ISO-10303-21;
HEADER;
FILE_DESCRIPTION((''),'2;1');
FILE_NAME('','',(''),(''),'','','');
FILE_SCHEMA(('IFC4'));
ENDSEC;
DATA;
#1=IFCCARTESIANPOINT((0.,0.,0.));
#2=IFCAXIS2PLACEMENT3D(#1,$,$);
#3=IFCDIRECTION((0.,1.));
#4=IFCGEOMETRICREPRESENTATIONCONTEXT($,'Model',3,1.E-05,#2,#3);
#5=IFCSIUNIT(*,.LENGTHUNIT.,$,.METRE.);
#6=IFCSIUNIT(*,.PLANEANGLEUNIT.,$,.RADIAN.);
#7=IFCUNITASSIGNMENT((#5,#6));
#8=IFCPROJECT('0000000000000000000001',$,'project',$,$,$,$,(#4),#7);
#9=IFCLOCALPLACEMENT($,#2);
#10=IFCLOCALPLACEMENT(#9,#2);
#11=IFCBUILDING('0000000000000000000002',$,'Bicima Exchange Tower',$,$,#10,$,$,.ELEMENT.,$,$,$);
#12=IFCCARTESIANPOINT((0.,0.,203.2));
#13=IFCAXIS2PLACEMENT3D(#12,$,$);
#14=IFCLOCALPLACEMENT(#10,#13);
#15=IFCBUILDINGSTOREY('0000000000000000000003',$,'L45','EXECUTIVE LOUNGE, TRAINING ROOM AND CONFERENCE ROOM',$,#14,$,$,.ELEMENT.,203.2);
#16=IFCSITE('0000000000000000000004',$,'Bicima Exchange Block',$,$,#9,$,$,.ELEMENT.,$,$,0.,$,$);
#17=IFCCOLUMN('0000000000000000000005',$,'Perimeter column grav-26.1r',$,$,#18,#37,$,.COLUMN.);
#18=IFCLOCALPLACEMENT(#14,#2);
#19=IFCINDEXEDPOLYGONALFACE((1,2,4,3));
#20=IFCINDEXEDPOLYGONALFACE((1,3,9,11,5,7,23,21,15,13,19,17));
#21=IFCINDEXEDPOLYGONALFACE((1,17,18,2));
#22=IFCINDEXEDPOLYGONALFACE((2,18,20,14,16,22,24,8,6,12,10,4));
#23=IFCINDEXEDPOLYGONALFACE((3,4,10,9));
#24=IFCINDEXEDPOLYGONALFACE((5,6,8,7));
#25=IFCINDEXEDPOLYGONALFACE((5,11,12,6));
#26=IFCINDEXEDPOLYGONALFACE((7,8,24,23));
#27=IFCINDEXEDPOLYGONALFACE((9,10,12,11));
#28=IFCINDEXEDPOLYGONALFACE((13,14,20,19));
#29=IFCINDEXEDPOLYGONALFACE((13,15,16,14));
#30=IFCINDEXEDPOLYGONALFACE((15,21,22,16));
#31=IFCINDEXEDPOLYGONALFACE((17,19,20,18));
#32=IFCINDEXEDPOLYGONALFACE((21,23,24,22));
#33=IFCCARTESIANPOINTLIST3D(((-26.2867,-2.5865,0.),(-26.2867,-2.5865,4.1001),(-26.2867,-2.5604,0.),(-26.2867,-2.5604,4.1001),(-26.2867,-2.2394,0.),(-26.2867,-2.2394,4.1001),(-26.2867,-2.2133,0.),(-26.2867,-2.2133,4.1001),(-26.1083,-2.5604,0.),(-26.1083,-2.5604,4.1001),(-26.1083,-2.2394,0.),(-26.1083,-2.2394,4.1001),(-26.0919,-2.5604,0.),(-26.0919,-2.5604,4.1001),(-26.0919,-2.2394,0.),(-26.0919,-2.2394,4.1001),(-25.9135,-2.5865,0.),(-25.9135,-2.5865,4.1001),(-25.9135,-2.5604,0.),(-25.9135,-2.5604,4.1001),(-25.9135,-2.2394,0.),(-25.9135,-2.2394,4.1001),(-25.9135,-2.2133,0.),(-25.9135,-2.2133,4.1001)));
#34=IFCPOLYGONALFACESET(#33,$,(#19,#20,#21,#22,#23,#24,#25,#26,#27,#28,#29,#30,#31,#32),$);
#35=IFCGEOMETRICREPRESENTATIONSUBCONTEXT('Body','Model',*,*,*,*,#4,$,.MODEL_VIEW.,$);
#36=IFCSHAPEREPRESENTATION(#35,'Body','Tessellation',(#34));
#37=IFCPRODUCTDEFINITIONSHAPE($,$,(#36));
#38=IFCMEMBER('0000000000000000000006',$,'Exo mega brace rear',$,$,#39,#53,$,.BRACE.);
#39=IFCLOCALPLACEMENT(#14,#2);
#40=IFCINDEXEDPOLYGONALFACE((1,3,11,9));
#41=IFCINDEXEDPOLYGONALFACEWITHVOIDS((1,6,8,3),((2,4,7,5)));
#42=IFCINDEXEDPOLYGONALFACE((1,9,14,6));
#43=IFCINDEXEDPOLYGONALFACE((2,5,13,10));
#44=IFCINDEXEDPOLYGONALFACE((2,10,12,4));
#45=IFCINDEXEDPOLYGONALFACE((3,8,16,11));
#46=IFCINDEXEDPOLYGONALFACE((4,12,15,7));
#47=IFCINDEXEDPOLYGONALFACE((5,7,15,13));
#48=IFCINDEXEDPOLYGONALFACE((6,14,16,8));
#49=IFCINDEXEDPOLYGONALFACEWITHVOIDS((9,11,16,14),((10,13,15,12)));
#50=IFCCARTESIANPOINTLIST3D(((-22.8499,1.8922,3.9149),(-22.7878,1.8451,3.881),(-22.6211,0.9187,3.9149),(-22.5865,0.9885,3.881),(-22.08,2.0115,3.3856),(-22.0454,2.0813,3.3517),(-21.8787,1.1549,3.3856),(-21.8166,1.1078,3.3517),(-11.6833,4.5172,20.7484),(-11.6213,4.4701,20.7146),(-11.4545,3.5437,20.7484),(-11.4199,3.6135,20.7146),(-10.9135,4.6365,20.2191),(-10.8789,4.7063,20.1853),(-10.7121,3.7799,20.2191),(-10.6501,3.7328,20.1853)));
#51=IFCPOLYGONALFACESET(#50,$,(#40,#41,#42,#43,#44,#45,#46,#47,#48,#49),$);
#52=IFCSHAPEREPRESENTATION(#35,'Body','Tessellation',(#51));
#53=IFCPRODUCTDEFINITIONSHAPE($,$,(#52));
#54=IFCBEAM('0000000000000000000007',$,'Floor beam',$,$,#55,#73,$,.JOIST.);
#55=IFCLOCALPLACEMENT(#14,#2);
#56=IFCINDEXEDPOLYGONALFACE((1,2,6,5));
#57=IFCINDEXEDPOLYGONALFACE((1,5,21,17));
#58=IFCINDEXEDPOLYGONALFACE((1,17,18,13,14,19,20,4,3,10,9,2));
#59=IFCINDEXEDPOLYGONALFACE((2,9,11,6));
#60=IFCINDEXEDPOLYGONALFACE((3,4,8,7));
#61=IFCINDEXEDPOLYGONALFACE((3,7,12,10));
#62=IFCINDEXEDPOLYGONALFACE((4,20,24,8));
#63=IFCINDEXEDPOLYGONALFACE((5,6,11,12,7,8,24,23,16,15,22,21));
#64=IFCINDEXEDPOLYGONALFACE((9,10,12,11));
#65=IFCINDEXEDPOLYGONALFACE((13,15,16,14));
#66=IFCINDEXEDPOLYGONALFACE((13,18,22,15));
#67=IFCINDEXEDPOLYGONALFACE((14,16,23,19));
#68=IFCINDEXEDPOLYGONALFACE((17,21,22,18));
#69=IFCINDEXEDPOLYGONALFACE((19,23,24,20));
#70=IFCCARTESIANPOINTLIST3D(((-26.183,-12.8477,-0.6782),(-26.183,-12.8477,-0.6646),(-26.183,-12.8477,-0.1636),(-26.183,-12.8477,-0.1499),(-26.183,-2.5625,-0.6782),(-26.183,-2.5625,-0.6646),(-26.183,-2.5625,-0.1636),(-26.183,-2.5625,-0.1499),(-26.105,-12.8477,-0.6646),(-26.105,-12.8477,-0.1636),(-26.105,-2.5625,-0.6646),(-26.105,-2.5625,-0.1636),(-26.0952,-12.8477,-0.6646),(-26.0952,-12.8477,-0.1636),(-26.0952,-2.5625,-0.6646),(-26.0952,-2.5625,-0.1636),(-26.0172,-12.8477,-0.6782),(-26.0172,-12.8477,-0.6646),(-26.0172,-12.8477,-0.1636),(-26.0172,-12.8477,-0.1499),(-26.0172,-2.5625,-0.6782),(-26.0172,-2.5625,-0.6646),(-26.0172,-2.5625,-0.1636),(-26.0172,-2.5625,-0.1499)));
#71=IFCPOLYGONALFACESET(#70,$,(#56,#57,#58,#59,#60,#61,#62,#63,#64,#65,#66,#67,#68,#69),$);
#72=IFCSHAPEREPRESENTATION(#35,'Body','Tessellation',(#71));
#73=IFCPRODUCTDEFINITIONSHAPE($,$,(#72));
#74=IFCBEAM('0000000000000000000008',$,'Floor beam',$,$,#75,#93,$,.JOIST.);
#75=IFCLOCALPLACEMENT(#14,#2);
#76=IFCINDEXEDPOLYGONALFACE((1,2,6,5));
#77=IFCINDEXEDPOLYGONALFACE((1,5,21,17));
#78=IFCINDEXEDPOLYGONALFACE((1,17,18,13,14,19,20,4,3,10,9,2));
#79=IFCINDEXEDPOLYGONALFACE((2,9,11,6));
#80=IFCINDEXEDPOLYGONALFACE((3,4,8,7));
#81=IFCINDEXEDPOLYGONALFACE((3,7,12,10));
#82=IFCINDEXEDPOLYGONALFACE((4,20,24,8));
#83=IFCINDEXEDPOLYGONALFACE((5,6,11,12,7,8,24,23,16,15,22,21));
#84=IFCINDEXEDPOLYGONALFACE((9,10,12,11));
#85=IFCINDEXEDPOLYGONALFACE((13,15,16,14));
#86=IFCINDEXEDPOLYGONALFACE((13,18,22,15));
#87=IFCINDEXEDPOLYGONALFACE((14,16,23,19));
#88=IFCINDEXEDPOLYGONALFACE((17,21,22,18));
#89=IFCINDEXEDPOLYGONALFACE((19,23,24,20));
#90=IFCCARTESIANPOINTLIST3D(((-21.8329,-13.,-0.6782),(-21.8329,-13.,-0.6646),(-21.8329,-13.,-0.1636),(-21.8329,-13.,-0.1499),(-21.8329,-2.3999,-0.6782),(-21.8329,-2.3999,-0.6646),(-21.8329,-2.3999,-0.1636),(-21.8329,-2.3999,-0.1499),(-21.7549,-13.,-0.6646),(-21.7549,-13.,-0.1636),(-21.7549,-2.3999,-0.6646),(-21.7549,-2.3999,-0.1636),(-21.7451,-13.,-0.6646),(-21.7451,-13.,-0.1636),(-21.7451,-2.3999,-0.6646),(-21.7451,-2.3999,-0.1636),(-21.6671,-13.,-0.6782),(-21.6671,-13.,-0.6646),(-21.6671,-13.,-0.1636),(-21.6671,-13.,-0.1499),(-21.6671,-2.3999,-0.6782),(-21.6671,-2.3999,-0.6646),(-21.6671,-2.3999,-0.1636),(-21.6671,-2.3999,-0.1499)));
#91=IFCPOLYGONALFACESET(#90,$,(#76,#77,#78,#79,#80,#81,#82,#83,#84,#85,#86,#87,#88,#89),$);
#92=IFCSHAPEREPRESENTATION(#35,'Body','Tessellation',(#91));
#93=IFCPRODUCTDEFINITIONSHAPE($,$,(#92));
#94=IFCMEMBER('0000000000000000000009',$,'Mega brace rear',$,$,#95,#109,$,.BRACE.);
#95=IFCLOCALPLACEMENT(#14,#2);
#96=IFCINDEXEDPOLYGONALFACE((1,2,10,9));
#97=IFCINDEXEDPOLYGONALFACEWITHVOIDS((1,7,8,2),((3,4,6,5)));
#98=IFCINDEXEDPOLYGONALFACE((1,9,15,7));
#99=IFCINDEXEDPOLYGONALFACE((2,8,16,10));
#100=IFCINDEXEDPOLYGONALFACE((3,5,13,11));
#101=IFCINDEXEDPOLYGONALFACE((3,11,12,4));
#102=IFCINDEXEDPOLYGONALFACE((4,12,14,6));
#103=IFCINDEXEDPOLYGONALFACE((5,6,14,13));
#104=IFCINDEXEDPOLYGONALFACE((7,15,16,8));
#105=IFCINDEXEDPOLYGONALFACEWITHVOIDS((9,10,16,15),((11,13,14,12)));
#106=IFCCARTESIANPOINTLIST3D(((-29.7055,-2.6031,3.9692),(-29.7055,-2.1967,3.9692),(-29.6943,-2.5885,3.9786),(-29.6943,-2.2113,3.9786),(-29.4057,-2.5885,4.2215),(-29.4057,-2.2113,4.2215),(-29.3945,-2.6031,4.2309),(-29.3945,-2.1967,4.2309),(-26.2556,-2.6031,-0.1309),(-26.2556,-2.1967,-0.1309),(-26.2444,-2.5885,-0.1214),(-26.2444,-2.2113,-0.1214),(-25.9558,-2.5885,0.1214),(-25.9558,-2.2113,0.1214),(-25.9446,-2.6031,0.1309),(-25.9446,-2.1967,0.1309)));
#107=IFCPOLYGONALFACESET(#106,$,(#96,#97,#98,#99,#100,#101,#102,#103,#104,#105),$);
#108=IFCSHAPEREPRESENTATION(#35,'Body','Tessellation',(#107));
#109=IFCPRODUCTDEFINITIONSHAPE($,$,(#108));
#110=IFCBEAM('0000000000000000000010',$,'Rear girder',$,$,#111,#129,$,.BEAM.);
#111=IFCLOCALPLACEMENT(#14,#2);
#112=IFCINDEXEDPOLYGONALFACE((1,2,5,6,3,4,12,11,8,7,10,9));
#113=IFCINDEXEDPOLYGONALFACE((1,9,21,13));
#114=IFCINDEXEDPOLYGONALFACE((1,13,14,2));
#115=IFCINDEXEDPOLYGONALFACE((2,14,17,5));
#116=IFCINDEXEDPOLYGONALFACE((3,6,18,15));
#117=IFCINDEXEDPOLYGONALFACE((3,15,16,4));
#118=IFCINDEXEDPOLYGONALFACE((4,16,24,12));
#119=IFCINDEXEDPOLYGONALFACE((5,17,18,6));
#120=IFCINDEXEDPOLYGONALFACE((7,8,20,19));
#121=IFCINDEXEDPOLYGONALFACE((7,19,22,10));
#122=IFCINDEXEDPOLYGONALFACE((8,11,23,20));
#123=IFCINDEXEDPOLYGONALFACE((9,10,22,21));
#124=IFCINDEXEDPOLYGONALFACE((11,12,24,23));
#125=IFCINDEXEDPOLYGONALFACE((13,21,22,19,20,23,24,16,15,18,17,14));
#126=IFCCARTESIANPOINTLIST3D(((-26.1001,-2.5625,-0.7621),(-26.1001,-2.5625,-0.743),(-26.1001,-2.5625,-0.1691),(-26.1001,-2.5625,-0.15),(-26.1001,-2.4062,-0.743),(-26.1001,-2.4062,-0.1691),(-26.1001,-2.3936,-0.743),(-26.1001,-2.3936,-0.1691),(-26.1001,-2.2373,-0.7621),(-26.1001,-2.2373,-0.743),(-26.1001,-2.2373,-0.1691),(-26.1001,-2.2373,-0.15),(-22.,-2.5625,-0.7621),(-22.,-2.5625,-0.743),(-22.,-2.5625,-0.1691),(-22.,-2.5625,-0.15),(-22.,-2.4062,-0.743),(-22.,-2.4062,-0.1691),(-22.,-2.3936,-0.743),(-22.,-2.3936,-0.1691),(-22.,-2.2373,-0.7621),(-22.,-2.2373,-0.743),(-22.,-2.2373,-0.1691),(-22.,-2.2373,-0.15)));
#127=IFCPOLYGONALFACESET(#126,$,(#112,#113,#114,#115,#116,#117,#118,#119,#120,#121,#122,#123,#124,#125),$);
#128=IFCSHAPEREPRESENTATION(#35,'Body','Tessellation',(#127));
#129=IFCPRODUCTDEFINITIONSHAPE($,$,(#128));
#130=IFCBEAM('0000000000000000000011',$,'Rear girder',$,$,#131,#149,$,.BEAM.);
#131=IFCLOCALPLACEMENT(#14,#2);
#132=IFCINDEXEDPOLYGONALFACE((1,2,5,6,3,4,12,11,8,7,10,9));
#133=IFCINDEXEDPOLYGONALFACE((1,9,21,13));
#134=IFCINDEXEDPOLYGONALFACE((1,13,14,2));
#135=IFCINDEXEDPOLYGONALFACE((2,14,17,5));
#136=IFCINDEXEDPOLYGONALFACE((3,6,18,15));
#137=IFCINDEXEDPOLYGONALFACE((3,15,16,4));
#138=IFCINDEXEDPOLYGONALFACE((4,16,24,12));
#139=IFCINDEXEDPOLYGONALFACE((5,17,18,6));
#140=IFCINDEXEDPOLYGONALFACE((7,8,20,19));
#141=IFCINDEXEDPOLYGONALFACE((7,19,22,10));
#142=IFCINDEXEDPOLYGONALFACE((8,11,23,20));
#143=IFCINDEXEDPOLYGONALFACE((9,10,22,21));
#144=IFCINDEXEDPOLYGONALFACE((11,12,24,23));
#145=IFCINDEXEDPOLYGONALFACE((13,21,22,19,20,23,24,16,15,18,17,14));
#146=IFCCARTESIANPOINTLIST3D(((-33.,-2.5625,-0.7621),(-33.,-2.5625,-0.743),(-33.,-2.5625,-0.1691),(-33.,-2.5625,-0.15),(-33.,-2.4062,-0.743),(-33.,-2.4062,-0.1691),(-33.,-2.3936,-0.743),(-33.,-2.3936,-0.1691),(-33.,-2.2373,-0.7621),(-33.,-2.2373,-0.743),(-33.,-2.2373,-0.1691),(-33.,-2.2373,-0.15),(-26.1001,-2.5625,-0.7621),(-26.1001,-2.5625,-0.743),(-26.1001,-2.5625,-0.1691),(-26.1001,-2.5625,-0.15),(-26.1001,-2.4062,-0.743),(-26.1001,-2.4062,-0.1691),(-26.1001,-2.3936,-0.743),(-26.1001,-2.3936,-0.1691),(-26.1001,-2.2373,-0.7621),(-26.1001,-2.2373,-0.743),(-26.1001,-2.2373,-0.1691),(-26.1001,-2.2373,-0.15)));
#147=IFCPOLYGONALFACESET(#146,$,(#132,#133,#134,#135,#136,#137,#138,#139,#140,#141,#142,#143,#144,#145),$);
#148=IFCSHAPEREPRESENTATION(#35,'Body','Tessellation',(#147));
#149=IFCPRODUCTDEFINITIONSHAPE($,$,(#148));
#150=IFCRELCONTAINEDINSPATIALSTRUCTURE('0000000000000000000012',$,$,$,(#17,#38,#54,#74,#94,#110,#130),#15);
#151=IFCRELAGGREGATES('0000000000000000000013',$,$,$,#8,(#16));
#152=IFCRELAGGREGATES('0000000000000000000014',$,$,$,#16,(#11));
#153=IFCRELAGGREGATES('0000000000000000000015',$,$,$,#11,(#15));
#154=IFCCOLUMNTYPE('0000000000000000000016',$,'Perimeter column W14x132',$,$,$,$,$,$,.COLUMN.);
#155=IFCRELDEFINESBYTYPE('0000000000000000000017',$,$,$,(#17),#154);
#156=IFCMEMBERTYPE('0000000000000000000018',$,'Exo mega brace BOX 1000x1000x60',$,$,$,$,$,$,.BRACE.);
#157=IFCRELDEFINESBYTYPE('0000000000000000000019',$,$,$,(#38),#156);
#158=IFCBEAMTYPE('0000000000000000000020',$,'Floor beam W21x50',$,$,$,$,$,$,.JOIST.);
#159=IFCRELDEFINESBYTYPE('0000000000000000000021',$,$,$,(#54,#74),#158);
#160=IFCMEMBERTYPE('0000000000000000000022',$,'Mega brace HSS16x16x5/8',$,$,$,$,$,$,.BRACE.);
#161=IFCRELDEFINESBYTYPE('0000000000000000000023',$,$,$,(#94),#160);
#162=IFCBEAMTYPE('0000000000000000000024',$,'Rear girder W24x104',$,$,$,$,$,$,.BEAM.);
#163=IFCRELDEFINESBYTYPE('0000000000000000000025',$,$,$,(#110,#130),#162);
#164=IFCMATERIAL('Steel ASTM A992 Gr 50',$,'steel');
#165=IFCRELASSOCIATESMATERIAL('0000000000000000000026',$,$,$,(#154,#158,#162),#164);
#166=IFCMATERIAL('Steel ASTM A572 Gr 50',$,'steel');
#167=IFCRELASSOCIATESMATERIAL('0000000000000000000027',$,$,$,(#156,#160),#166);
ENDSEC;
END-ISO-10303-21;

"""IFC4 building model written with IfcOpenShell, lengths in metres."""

from ifc_helpers import new_model, si_unit, direction, frame, origin, origin_2d, place, context, subcontext, project, spatial, hollow_rectangle, i_section, extrude, material, material_profile, profile_set, type_object, element, save


model = new_model("IFC4")

# Units and contexts
model_context = context("Model", 3, precision=1e-05, world=origin(), true_north=direction((0.0, 1.0)))
body_context = subcontext(model_context, "Body", "Model", "MODEL_VIEW")
ifc_project = project(units=[si_unit("LENGTHUNIT", "METRE"), si_unit("PLANEANGLEUNIT", "RADIAN")], contexts=[model_context])

# Site, building, storey
site_placement = place(None, origin())
site = spatial("IfcSite", under=ifc_project, at=site_placement, Name="Bicima Exchange Block", CompositionType="ELEMENT", RefElevation=0.0)
building_placement = place(site_placement, origin())
building = spatial("IfcBuilding", under=site, at=building_placement, Name="Bicima Exchange Tower", CompositionType="ELEMENT")
storey_placement = place(building_placement, frame((0.0, 0.0, 203.2)))
storey = spatial("IfcBuildingStorey", under=building, at=storey_placement, Name="L45", Description="EXECUTIVE LOUNGE, TRAINING ROOM AND CONFERENCE ROOM", CompositionType="ELEMENT", Elevation=203.2)

# Column
ifc_material_1 = material(Name="Steel ASTM A992 Gr 50", Category="steel")
ifc_material_profile_1 = material_profile(ifc_material_1, i_section(OverallWidth=0.3733, OverallDepth=0.3733, WebThickness=0.0164, FlangeThickness=0.0261, at=origin_2d()))
ifc_profile_set_1 = profile_set([ifc_material_profile_1], Name="Steel ASTM A992 Gr 50")
column_type = type_object("IfcColumnType", Name="Perimeter column W14x132", PredefinedType="COLUMN", material=ifc_profile_set_1)
column_placement = place(storey_placement, frame((-26.1001, -2.3999, 0.0), z_axis=(0.0, 0.0, 1.0), x_axis=(1.0, 0.0, 0.0)))
element("IfcColumn", 1, at=column_placement, inside=storey, type_object=column_type, Name="Perimeter column grav-26.1r", PredefinedType="COLUMN", context=body_context, shape_type="SweptSolid", body=[
    extrude(i_section(OverallWidth=0.3733, OverallDepth=0.3733, WebThickness=0.0164, FlangeThickness=0.0261, at=origin_2d()), origin(), (0.0, 0.0, 1.0), 4.1001),
])

# Member
ifc_material_2 = material(Name="Steel ASTM A572 Gr 50", Category="steel")
ifc_material_profile_2 = material_profile(ifc_material_2, hollow_rectangle(XDim=1.0, YDim=1.0, WallThickness=0.0601, at=origin_2d()))
ifc_profile_set_2 = profile_set([ifc_material_profile_2], Name="Steel ASTM A572 Gr 50")
member_type_1 = type_object("IfcMemberType", Name="Exo mega brace BOX 1000x1000x60", PredefinedType="BRACE", material=ifc_profile_set_2)
member_1_placement = place(storey_placement, frame((-22.3333, 1.5, 3.6333), z_axis=(0.548176, 0.128864, 0.826376), x_axis=(-0.22884, 0.973464, 0.0)))
element("IfcMember", 2, at=member_1_placement, inside=storey, type_object=member_type_1, Name="Exo mega brace rear", PredefinedType="BRACE", context=body_context, shape_type="SweptSolid", body=[
    extrude(hollow_rectangle(XDim=1.0, YDim=1.0, WallThickness=0.0601, at=origin_2d()), origin(), (0.0, 0.0, 1.0), 20.3704),
])

# Beams
ifc_material_profile_3 = material_profile(ifc_material_1, i_section(OverallWidth=0.1658, OverallDepth=0.5283, WebThickness=0.0098, FlangeThickness=0.0137, at=origin_2d()))
ifc_profile_set_3 = profile_set([ifc_material_profile_3], Name="Steel ASTM A992 Gr 50")
beam_type_1 = type_object("IfcBeamType", Name="Floor beam W21x50", PredefinedType="JOIST", material=ifc_profile_set_3)
beam_1_placement = place(storey_placement, frame((-26.1001, -2.5625, -0.4141), z_axis=(0.0, -1.0, 0.0), x_axis=(1.0, 0.0, 0.0)))
element("IfcBeam", 3, at=beam_1_placement, inside=storey, type_object=beam_type_1, Name="Floor beam", PredefinedType="JOIST", context=body_context, shape_type="SweptSolid", body=[
    extrude(i_section(OverallWidth=0.1658, OverallDepth=0.5283, WebThickness=0.0098, FlangeThickness=0.0137, at=origin_2d()), origin(), (0.0, 0.0, 1.0), 10.2852),
])
beam_2_placement = place(storey_placement, frame((-21.75, -2.3999, -0.4141), z_axis=(0.0, -1.0, 0.0), x_axis=(1.0, 0.0, 0.0)))
element("IfcBeam", 4, at=beam_2_placement, inside=storey, type_object=beam_type_1, Name="Floor beam", PredefinedType="JOIST", context=body_context, shape_type="SweptSolid", body=[
    extrude(i_section(OverallWidth=0.1658, OverallDepth=0.5283, WebThickness=0.0098, FlangeThickness=0.0137, at=origin_2d()), origin(), (0.0, 0.0, 1.0), 10.6001),
])

# Member
ifc_material_profile_4 = material_profile(ifc_material_2, hollow_rectangle(XDim=0.4065, YDim=0.4065, WallThickness=0.0146, at=origin_2d()))
ifc_profile_set_4 = profile_set([ifc_material_profile_4], Name="Steel ASTM A572 Gr 50")
member_type_2 = type_object("IfcMemberType", Name="Mega brace HSS16x16x5/8", PredefinedType="BRACE", material=ifc_profile_set_4)
member_2_placement = place(storey_placement, frame((-26.1001, -2.3999, 0.0), z_axis=(-0.643834, 0.0, 0.765165), x_axis=(0.0, -1.0, 0.0)))
element("IfcMember", 5, at=member_2_placement, inside=storey, type_object=member_type_2, Name="Mega brace rear", PredefinedType="BRACE", context=body_context, shape_type="SweptSolid", body=[
    extrude(hollow_rectangle(XDim=0.4065, YDim=0.4065, WallThickness=0.0146, at=origin_2d()), origin(), (0.0, 0.0, 1.0), 5.3584),
])

# Beams
ifc_material_profile_5 = material_profile(ifc_material_1, i_section(OverallWidth=0.3252, OverallDepth=0.6121, WebThickness=0.0127, FlangeThickness=0.019, at=origin_2d()))
ifc_profile_set_5 = profile_set([ifc_material_profile_5], Name="Steel ASTM A992 Gr 50")
beam_type_2 = type_object("IfcBeamType", Name="Rear girder W24x104", PredefinedType="BEAM", material=ifc_profile_set_5)
beam_3_placement = place(storey_placement, frame((-22.0, -2.3999, -0.4561), z_axis=(-1.0, 0.0, 0.0), x_axis=(0.0, -1.0, 0.0)))
element("IfcBeam", 6, at=beam_3_placement, inside=storey, type_object=beam_type_2, Name="Rear girder", PredefinedType="BEAM", context=body_context, shape_type="SweptSolid", body=[
    extrude(i_section(OverallWidth=0.3252, OverallDepth=0.6121, WebThickness=0.0127, FlangeThickness=0.019, at=origin_2d()), origin(), (0.0, 0.0, 1.0), 4.1001),
])
beam_4_placement = place(storey_placement, frame((-26.1001, -2.3999, -0.4561), z_axis=(-1.0, 0.0, 0.0), x_axis=(0.0, -1.0, 0.0)))
element("IfcBeam", 7, at=beam_4_placement, inside=storey, type_object=beam_type_2, Name="Rear girder", PredefinedType="BEAM", context=body_context, shape_type="SweptSolid", body=[
    extrude(i_section(OverallWidth=0.3252, OverallDepth=0.6121, WebThickness=0.0127, FlangeThickness=0.019, at=origin_2d()), origin(), (0.0, 0.0, 1.0), 6.8999),
])

save(model, "model.ifc")
